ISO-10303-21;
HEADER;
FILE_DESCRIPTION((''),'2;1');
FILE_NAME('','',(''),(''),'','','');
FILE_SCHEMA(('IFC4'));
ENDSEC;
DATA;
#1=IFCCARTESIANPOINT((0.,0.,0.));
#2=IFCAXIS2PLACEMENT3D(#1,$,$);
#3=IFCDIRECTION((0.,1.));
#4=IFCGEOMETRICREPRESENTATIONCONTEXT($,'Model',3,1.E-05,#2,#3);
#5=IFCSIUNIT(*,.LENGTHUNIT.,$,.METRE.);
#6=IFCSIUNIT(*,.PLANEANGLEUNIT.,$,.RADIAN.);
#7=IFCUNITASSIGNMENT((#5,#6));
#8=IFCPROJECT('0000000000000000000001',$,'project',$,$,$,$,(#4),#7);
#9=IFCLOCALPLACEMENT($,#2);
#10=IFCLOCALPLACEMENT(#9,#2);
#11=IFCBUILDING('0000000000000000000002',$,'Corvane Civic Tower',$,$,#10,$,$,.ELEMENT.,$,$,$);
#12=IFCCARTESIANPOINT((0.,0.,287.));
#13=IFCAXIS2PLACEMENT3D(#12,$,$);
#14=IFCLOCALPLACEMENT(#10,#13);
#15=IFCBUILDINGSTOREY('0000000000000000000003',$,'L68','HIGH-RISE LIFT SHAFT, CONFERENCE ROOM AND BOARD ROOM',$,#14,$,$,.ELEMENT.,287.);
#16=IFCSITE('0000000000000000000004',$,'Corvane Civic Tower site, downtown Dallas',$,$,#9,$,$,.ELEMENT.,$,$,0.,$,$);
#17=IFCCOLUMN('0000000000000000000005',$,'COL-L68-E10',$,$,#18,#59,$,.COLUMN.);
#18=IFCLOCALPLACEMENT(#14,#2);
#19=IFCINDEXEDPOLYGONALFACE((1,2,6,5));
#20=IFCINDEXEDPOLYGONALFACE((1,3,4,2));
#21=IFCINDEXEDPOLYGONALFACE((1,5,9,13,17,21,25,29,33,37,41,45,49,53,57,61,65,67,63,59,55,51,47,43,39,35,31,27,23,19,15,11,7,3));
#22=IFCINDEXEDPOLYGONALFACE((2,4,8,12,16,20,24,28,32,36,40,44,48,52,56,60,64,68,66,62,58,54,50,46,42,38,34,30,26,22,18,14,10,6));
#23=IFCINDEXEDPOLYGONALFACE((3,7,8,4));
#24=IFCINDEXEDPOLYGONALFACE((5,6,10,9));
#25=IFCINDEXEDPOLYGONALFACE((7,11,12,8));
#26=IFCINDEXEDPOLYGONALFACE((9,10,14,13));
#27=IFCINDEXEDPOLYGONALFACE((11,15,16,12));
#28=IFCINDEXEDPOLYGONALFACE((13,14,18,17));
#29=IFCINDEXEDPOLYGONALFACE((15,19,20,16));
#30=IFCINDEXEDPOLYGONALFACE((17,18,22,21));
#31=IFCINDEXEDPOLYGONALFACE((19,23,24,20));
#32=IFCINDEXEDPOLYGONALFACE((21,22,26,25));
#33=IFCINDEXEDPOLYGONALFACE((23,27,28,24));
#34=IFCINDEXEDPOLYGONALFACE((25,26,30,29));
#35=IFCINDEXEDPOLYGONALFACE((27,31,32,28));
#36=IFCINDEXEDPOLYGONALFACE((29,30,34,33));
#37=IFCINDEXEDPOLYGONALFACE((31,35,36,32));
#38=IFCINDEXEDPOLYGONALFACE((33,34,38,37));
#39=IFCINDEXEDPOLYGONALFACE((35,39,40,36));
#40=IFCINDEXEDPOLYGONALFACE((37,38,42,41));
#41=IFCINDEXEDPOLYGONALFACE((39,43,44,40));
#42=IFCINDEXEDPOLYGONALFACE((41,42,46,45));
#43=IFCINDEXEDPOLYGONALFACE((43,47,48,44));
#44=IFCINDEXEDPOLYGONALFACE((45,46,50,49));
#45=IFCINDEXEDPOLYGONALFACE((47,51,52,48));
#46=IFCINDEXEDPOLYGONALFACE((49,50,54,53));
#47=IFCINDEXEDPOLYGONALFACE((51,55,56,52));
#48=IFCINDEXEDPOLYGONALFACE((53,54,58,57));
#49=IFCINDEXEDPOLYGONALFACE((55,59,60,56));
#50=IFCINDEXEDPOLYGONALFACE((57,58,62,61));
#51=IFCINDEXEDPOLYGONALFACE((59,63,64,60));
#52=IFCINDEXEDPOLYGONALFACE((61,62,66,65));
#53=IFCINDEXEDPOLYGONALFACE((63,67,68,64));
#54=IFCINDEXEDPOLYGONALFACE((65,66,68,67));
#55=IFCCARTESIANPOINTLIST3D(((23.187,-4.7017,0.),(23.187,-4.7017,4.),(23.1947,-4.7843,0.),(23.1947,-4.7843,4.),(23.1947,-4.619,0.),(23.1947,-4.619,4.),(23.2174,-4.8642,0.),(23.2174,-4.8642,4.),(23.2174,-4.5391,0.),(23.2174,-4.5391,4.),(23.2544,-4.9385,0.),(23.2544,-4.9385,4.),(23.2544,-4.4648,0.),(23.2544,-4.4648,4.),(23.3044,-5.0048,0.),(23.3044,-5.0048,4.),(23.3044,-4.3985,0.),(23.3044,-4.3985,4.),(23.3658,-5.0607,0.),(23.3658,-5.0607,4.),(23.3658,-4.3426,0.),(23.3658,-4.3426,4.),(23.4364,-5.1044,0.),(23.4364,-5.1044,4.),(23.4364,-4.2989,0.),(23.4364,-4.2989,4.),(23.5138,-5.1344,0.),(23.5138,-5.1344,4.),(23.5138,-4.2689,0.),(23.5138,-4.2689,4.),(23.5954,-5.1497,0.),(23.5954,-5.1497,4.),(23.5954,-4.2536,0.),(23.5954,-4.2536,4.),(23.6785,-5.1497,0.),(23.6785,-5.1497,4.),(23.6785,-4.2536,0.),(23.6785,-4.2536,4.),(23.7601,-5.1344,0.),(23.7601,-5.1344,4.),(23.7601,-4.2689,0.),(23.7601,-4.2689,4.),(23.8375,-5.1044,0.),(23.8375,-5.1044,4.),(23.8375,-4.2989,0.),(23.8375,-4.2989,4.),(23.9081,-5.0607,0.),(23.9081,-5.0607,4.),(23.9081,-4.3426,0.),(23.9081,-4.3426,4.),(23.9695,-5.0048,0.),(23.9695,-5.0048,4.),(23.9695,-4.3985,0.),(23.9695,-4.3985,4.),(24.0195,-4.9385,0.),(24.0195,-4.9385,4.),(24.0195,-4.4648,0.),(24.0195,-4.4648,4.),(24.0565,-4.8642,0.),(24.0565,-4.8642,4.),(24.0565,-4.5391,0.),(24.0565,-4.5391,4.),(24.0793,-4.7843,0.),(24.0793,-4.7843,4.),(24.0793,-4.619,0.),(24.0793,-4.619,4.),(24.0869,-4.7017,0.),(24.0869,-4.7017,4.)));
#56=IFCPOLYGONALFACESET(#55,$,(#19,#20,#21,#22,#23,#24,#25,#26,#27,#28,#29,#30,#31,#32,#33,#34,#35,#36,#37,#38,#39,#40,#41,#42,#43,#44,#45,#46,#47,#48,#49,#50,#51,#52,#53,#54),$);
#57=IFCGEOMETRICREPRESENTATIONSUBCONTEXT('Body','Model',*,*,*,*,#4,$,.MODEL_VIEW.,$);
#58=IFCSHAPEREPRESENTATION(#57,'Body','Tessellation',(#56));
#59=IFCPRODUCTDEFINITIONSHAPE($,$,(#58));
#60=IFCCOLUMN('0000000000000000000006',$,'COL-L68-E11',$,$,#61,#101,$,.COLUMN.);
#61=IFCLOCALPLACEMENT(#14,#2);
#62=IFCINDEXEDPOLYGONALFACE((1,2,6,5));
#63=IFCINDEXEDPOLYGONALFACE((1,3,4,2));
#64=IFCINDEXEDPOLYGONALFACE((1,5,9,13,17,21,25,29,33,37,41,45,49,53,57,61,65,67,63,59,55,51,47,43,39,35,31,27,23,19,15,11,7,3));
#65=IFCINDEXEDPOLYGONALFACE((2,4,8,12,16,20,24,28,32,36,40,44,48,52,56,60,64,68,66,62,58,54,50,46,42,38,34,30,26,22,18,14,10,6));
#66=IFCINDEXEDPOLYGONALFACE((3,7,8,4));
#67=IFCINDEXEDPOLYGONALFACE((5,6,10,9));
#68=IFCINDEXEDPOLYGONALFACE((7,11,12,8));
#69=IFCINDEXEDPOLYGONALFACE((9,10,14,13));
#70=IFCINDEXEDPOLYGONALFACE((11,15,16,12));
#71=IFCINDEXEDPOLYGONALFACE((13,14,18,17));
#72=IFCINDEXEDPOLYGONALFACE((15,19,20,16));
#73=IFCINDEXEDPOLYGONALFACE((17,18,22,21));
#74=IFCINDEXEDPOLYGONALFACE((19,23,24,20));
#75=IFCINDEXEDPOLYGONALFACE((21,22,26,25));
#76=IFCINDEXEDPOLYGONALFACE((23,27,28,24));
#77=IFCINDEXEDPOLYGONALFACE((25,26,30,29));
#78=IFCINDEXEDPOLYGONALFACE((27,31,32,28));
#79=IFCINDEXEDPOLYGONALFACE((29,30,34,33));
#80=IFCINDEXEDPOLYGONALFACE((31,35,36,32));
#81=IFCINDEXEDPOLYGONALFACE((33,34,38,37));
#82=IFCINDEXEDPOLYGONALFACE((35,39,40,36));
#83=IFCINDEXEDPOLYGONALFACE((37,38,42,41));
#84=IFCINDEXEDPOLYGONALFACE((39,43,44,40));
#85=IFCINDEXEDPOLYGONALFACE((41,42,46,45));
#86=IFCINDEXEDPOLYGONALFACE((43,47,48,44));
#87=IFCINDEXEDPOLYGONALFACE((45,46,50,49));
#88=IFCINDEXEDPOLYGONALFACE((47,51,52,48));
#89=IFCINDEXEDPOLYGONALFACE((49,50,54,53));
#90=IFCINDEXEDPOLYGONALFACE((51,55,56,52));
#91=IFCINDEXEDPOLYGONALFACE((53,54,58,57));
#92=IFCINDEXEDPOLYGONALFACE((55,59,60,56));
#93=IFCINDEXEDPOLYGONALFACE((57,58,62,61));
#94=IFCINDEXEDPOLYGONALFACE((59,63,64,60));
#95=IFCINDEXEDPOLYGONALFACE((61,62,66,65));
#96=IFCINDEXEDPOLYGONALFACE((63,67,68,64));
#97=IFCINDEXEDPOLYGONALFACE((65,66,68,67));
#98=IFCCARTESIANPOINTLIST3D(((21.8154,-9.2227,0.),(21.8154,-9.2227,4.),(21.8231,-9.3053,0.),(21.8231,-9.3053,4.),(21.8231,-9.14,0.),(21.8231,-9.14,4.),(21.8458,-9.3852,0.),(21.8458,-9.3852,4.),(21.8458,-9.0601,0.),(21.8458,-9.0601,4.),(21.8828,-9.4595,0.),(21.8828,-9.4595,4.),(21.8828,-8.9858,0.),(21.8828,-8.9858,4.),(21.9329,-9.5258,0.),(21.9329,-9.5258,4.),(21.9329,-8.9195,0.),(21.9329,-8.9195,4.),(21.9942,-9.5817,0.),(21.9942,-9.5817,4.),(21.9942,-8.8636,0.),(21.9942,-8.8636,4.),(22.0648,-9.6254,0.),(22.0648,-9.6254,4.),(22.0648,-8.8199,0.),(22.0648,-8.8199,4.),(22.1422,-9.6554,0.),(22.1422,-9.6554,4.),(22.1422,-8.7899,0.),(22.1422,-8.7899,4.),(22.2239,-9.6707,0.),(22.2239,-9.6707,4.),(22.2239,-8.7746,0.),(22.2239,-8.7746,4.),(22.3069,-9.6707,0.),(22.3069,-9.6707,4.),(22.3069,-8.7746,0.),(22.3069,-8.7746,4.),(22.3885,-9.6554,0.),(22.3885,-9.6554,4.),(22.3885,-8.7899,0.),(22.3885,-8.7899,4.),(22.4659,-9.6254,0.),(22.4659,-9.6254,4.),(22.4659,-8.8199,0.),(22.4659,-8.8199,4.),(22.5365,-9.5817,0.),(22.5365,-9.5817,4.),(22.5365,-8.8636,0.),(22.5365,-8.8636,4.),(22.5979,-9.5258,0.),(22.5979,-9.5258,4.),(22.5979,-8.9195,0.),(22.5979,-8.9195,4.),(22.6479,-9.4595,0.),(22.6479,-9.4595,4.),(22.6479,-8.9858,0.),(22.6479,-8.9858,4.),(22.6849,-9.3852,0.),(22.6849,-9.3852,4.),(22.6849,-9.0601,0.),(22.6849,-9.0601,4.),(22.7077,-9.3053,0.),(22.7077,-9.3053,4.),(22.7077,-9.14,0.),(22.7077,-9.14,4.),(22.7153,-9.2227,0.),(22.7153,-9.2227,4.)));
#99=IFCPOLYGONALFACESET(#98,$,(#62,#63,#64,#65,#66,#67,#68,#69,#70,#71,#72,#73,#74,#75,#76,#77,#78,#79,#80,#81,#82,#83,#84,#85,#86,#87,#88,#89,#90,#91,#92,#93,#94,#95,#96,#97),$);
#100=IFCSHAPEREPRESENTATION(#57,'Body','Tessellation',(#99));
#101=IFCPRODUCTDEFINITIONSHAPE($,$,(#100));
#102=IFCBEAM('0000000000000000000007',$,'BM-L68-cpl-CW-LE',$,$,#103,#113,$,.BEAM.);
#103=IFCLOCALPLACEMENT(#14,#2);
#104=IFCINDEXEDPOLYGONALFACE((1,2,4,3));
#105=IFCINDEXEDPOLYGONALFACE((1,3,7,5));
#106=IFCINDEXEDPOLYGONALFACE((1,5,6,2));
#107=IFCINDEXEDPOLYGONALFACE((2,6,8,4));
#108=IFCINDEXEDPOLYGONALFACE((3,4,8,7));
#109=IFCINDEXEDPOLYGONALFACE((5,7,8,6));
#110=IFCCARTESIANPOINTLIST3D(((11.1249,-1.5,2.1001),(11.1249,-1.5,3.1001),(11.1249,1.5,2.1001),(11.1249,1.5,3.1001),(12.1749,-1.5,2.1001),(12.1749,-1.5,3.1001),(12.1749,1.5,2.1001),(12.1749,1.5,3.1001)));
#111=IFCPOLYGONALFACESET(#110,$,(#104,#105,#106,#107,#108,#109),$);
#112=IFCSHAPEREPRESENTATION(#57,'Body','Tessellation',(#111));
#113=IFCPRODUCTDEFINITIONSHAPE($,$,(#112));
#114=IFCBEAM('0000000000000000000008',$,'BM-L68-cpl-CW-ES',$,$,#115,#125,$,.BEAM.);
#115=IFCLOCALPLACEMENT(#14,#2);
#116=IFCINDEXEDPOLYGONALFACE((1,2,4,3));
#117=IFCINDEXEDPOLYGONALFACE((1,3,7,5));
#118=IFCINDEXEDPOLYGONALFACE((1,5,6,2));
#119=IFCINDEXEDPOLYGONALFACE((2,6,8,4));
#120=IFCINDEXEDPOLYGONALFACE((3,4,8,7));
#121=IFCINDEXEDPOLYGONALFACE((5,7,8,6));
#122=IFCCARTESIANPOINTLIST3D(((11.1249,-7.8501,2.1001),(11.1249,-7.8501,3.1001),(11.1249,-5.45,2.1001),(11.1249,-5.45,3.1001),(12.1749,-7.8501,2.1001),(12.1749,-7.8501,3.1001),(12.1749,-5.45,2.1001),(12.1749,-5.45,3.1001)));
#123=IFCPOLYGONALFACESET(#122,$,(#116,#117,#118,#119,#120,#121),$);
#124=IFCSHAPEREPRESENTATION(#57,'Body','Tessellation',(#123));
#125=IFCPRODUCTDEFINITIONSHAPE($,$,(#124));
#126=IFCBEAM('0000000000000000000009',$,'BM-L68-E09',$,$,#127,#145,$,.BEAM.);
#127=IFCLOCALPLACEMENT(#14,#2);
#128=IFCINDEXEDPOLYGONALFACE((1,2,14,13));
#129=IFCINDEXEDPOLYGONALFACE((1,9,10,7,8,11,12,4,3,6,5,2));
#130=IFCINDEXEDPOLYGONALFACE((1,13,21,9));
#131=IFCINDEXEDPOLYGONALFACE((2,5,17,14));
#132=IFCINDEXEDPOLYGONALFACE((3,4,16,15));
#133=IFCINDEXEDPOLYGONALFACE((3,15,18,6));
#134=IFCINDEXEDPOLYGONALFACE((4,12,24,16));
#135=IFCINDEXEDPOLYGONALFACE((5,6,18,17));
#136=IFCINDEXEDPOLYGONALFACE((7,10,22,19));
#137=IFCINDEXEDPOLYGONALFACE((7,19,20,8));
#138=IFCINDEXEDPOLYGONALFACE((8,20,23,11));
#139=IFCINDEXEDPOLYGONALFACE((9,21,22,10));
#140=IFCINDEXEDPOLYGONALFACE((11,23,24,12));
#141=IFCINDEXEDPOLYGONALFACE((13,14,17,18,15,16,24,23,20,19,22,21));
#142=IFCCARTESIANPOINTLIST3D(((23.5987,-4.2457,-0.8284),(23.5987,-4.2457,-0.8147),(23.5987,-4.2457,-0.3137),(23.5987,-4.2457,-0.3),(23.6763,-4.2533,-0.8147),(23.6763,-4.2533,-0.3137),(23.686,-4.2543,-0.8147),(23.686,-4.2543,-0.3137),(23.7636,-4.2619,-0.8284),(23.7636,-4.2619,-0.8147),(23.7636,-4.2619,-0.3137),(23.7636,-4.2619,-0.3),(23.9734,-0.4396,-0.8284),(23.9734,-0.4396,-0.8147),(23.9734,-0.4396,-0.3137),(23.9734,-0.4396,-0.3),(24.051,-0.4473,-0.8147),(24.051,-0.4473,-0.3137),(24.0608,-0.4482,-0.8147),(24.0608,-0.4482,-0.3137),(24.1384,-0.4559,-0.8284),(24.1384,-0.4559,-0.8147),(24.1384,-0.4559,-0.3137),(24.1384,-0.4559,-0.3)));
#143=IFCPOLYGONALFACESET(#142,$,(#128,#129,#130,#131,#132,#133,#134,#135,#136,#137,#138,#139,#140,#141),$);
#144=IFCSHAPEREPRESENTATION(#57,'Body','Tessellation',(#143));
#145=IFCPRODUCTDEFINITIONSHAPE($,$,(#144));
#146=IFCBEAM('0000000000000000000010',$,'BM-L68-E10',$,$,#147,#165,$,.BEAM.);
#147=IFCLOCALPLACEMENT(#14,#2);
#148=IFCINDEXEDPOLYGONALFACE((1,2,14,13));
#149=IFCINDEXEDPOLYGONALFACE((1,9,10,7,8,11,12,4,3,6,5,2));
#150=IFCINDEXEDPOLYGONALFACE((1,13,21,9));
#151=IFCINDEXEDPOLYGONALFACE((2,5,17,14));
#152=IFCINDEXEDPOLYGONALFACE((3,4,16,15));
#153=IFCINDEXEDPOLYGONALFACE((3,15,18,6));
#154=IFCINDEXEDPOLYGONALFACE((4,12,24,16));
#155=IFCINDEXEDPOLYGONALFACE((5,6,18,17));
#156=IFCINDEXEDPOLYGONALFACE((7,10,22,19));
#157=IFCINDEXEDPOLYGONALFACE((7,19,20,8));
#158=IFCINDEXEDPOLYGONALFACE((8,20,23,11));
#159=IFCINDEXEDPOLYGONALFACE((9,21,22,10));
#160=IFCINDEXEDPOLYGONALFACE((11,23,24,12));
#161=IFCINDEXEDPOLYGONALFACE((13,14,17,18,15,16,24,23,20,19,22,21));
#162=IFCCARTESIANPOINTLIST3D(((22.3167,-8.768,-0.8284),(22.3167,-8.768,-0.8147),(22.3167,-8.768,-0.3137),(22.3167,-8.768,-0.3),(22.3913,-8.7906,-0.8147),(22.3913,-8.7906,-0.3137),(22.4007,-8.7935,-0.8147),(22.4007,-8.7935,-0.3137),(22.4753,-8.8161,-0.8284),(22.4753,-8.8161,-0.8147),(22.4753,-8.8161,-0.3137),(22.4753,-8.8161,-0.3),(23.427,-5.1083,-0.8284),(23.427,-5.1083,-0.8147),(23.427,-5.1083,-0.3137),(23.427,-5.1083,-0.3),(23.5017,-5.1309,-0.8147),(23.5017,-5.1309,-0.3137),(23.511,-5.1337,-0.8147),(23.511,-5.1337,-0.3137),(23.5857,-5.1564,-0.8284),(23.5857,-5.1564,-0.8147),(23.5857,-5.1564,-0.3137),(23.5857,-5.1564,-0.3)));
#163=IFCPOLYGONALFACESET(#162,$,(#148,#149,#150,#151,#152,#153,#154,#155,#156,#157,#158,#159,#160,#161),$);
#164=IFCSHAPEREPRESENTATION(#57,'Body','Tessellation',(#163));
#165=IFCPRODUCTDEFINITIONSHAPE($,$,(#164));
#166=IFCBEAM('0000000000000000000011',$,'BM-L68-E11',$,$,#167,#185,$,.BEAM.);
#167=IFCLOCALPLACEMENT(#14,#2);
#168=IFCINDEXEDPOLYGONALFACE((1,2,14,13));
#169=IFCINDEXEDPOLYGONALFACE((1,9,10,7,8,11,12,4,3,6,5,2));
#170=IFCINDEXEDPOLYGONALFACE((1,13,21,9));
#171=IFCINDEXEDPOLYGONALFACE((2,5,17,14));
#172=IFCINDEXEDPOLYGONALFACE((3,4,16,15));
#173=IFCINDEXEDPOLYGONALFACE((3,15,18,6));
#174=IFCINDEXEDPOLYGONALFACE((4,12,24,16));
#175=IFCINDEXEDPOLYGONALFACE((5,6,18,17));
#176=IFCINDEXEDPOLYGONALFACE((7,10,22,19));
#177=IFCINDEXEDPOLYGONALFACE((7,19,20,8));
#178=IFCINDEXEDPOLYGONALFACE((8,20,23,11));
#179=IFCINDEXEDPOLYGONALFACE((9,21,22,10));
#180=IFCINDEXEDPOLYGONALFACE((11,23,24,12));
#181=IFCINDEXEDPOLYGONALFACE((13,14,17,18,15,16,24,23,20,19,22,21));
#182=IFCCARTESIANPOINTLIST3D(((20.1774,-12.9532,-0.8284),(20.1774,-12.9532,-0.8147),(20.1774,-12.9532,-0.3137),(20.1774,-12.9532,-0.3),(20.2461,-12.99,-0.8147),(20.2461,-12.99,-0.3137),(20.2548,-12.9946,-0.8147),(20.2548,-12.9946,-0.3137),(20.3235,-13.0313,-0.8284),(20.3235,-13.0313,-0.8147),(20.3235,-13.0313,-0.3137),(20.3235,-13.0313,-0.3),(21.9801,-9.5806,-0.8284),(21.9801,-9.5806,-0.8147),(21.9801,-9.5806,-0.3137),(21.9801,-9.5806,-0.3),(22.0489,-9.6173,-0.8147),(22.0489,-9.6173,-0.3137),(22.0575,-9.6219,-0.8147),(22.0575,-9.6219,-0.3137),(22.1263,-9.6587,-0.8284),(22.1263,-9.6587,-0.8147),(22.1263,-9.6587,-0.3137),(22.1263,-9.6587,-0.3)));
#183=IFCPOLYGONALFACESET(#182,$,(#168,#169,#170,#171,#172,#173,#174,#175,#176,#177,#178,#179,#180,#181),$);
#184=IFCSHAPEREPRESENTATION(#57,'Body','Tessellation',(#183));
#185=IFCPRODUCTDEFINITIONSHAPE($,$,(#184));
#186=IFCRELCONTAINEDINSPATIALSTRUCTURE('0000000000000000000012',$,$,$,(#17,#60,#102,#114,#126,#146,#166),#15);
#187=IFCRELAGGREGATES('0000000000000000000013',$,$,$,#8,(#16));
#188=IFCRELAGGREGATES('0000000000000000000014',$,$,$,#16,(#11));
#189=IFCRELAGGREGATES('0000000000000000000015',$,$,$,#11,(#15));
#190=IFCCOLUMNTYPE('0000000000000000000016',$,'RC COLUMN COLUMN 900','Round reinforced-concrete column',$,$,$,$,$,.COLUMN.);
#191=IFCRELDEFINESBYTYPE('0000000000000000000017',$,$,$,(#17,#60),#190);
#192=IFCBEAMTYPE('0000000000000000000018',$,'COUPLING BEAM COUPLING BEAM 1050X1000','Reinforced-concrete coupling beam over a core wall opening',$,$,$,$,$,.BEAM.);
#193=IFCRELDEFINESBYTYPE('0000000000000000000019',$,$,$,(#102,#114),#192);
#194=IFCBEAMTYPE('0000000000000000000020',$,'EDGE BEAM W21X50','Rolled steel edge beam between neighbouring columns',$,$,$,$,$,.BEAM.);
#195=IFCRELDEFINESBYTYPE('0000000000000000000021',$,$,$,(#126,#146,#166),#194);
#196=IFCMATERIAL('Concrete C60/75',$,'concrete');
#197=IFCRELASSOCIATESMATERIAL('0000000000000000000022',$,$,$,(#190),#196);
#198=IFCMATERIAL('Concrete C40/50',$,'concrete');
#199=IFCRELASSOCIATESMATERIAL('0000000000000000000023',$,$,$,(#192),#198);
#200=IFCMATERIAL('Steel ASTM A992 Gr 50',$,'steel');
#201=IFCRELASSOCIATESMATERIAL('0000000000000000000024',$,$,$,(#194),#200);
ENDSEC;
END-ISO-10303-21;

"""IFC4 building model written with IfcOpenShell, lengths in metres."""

from ifc_helpers import new_model, si_unit, direction, frame, origin, origin_2d, place, context, subcontext, project, spatial, rectangle, circle, i_section, extrude, material, material_profile, profile_set, type_object, element, save


model = new_model("IFC4")

# Units and contexts
model_context = context("Model", 3, precision=1e-05, world=origin(), true_north=direction((0.0, 1.0)))
body_context = subcontext(model_context, "Body", "Model", "MODEL_VIEW")
ifc_project = project(units=[si_unit("LENGTHUNIT", "METRE"), si_unit("PLANEANGLEUNIT", "RADIAN")], contexts=[model_context])

# Site, building, storey
site_placement = place(None, origin())
site = spatial("IfcSite", under=ifc_project, at=site_placement, Name="Corvane Civic Tower site, downtown Dallas", CompositionType="ELEMENT", RefElevation=0.0)
building_placement = place(site_placement, origin())
building = spatial("IfcBuilding", under=site, at=building_placement, Name="Corvane Civic Tower", CompositionType="ELEMENT")
storey_placement = place(building_placement, frame((0.0, 0.0, 287.0)))
storey = spatial("IfcBuildingStorey", under=building, at=storey_placement, Name="L68", Description="HIGH-RISE LIFT SHAFT, CONFERENCE ROOM AND BOARD ROOM", CompositionType="ELEMENT", Elevation=287.0)

# Columns
ifc_material_1 = material(Name="Concrete C60/75", Category="concrete")
ifc_material_profile_1 = material_profile(ifc_material_1, circle(Radius=0.45, at=origin_2d()), Name="COLUMN 900")
ifc_profile_set_1 = profile_set([ifc_material_profile_1], Name="Concrete C60/75")
column_type = type_object("IfcColumnType", Name="RC COLUMN COLUMN 900", Description="Round reinforced-concrete column", PredefinedType="COLUMN", material=ifc_profile_set_1)
for number, where, z_axis, x_axis, name in (
    (1, (23.637, -4.7017, 0.0), (0.0, 0.0, 1.0), (1.0, 0.0, 0.0), "COL-L68-E10"),
    (2, (22.2654, -9.2227, 0.0), (0.0, 0.0, 1.0), (1.0, 0.0, 0.0), "COL-L68-E11"),
):
    element("IfcColumn", number, at=place(storey_placement, frame(where, z_axis=z_axis, x_axis=x_axis)), inside=storey, type_object=column_type, Name=name, PredefinedType="COLUMN", context=body_context, shape_type="SweptSolid", body=[
        extrude(circle(Radius=0.45, at=origin_2d()), origin(), (0.0, 0.0, 1.0), 4.0),
    ])

# Beams
ifc_material_2 = material(Name="Concrete C40/50", Category="concrete")
ifc_material_profile_2 = material_profile(ifc_material_2, rectangle(XDim=1.05, YDim=1.0, at=origin_2d()), Name="COUPLING BEAM 1050X1000")
ifc_profile_set_2 = profile_set([ifc_material_profile_2], Name="Concrete C40/50")
beam_type_1 = type_object("IfcBeamType", Name="COUPLING BEAM COUPLING BEAM 1050X1000", Description="Reinforced-concrete coupling beam over a core wall opening", PredefinedType="BEAM", material=ifc_profile_set_2)
beam_1_placement = place(storey_placement, frame((11.6499, -1.5, 2.6001), z_axis=(0.0, 1.0, 0.0), x_axis=(-1.0, 0.0, 0.0)))
element("IfcBeam", 3, at=beam_1_placement, inside=storey, type_object=beam_type_1, Name="BM-L68-cpl-CW-LE", PredefinedType="BEAM", context=body_context, shape_type="SweptSolid", body=[
    extrude(rectangle(XDim=1.05, YDim=1.0, at=origin_2d()), origin(), (0.0, 0.0, 1.0), 3.0),
])
beam_2_placement = place(storey_placement, frame((11.6499, -7.8501, 2.6001), z_axis=(0.0, 1.0, 0.0), x_axis=(-1.0, 0.0, 0.0)))
element("IfcBeam", 4, at=beam_2_placement, inside=storey, type_object=beam_type_1, Name="BM-L68-cpl-CW-ES", PredefinedType="BEAM", context=body_context, shape_type="SweptSolid", body=[
    extrude(rectangle(XDim=1.05, YDim=1.0, at=origin_2d()), origin(), (0.0, 0.0, 1.0), 2.4001),
])
ifc_material_3 = material(Name="Steel ASTM A992 Gr 50", Category="steel")
ifc_material_profile_3 = material_profile(ifc_material_3, i_section(OverallWidth=0.1658, OverallDepth=0.5283, WebThickness=0.0098, FlangeThickness=0.0137, at=origin_2d()), Name="W21X50")
ifc_profile_set_3 = profile_set([ifc_material_profile_3], Name="Steel ASTM A992 Gr 50")
beam_type_2 = type_object("IfcBeamType", Name="EDGE BEAM W21X50", Description="Rolled steel edge beam between neighbouring columns", PredefinedType="BEAM", material=ifc_profile_set_3)
for number, where, z_axis, x_axis, name in (
    (5, (24.0559, -0.4478, -0.5642), (-0.097987, -0.995188, 0.0), (0.995188, -0.097987, 0.0), "BM-L68-E09"),
    (6, (23.5063, -5.1323, -0.5642), (-0.290333, -0.956926, 0.0), (0.956926, -0.290333, 0.0), "BM-L68-E10"),
):
    element("IfcBeam", number, at=place(storey_placement, frame(where, z_axis=z_axis, x_axis=x_axis)), inside=storey, type_object=beam_type_2, Name=name, PredefinedType="BEAM", context=body_context, shape_type="SweptSolid", body=[
        extrude(i_section(OverallWidth=0.1658, OverallDepth=0.5283, WebThickness=0.0098, FlangeThickness=0.0137, at=origin_2d()), origin(), (0.0, 0.0, 1.0), 3.8245),
    ])
beam_3_placement = place(storey_placement, frame((22.0532, -9.6196, -0.5642), z_axis=(-0.47141, -0.881914, 0.0), x_axis=(0.881914, -0.47141, 0.0)))
element("IfcBeam", 7, at=beam_3_placement, inside=storey, type_object=beam_type_2, Name="BM-L68-E11", PredefinedType="BEAM", context=body_context, shape_type="SweptSolid", body=[
    extrude(i_section(OverallWidth=0.1658, OverallDepth=0.5283, WebThickness=0.0098, FlangeThickness=0.0137, at=origin_2d()), origin(), (0.0, 0.0, 1.0), 3.8242),
])

save(model, "model.ifc")
